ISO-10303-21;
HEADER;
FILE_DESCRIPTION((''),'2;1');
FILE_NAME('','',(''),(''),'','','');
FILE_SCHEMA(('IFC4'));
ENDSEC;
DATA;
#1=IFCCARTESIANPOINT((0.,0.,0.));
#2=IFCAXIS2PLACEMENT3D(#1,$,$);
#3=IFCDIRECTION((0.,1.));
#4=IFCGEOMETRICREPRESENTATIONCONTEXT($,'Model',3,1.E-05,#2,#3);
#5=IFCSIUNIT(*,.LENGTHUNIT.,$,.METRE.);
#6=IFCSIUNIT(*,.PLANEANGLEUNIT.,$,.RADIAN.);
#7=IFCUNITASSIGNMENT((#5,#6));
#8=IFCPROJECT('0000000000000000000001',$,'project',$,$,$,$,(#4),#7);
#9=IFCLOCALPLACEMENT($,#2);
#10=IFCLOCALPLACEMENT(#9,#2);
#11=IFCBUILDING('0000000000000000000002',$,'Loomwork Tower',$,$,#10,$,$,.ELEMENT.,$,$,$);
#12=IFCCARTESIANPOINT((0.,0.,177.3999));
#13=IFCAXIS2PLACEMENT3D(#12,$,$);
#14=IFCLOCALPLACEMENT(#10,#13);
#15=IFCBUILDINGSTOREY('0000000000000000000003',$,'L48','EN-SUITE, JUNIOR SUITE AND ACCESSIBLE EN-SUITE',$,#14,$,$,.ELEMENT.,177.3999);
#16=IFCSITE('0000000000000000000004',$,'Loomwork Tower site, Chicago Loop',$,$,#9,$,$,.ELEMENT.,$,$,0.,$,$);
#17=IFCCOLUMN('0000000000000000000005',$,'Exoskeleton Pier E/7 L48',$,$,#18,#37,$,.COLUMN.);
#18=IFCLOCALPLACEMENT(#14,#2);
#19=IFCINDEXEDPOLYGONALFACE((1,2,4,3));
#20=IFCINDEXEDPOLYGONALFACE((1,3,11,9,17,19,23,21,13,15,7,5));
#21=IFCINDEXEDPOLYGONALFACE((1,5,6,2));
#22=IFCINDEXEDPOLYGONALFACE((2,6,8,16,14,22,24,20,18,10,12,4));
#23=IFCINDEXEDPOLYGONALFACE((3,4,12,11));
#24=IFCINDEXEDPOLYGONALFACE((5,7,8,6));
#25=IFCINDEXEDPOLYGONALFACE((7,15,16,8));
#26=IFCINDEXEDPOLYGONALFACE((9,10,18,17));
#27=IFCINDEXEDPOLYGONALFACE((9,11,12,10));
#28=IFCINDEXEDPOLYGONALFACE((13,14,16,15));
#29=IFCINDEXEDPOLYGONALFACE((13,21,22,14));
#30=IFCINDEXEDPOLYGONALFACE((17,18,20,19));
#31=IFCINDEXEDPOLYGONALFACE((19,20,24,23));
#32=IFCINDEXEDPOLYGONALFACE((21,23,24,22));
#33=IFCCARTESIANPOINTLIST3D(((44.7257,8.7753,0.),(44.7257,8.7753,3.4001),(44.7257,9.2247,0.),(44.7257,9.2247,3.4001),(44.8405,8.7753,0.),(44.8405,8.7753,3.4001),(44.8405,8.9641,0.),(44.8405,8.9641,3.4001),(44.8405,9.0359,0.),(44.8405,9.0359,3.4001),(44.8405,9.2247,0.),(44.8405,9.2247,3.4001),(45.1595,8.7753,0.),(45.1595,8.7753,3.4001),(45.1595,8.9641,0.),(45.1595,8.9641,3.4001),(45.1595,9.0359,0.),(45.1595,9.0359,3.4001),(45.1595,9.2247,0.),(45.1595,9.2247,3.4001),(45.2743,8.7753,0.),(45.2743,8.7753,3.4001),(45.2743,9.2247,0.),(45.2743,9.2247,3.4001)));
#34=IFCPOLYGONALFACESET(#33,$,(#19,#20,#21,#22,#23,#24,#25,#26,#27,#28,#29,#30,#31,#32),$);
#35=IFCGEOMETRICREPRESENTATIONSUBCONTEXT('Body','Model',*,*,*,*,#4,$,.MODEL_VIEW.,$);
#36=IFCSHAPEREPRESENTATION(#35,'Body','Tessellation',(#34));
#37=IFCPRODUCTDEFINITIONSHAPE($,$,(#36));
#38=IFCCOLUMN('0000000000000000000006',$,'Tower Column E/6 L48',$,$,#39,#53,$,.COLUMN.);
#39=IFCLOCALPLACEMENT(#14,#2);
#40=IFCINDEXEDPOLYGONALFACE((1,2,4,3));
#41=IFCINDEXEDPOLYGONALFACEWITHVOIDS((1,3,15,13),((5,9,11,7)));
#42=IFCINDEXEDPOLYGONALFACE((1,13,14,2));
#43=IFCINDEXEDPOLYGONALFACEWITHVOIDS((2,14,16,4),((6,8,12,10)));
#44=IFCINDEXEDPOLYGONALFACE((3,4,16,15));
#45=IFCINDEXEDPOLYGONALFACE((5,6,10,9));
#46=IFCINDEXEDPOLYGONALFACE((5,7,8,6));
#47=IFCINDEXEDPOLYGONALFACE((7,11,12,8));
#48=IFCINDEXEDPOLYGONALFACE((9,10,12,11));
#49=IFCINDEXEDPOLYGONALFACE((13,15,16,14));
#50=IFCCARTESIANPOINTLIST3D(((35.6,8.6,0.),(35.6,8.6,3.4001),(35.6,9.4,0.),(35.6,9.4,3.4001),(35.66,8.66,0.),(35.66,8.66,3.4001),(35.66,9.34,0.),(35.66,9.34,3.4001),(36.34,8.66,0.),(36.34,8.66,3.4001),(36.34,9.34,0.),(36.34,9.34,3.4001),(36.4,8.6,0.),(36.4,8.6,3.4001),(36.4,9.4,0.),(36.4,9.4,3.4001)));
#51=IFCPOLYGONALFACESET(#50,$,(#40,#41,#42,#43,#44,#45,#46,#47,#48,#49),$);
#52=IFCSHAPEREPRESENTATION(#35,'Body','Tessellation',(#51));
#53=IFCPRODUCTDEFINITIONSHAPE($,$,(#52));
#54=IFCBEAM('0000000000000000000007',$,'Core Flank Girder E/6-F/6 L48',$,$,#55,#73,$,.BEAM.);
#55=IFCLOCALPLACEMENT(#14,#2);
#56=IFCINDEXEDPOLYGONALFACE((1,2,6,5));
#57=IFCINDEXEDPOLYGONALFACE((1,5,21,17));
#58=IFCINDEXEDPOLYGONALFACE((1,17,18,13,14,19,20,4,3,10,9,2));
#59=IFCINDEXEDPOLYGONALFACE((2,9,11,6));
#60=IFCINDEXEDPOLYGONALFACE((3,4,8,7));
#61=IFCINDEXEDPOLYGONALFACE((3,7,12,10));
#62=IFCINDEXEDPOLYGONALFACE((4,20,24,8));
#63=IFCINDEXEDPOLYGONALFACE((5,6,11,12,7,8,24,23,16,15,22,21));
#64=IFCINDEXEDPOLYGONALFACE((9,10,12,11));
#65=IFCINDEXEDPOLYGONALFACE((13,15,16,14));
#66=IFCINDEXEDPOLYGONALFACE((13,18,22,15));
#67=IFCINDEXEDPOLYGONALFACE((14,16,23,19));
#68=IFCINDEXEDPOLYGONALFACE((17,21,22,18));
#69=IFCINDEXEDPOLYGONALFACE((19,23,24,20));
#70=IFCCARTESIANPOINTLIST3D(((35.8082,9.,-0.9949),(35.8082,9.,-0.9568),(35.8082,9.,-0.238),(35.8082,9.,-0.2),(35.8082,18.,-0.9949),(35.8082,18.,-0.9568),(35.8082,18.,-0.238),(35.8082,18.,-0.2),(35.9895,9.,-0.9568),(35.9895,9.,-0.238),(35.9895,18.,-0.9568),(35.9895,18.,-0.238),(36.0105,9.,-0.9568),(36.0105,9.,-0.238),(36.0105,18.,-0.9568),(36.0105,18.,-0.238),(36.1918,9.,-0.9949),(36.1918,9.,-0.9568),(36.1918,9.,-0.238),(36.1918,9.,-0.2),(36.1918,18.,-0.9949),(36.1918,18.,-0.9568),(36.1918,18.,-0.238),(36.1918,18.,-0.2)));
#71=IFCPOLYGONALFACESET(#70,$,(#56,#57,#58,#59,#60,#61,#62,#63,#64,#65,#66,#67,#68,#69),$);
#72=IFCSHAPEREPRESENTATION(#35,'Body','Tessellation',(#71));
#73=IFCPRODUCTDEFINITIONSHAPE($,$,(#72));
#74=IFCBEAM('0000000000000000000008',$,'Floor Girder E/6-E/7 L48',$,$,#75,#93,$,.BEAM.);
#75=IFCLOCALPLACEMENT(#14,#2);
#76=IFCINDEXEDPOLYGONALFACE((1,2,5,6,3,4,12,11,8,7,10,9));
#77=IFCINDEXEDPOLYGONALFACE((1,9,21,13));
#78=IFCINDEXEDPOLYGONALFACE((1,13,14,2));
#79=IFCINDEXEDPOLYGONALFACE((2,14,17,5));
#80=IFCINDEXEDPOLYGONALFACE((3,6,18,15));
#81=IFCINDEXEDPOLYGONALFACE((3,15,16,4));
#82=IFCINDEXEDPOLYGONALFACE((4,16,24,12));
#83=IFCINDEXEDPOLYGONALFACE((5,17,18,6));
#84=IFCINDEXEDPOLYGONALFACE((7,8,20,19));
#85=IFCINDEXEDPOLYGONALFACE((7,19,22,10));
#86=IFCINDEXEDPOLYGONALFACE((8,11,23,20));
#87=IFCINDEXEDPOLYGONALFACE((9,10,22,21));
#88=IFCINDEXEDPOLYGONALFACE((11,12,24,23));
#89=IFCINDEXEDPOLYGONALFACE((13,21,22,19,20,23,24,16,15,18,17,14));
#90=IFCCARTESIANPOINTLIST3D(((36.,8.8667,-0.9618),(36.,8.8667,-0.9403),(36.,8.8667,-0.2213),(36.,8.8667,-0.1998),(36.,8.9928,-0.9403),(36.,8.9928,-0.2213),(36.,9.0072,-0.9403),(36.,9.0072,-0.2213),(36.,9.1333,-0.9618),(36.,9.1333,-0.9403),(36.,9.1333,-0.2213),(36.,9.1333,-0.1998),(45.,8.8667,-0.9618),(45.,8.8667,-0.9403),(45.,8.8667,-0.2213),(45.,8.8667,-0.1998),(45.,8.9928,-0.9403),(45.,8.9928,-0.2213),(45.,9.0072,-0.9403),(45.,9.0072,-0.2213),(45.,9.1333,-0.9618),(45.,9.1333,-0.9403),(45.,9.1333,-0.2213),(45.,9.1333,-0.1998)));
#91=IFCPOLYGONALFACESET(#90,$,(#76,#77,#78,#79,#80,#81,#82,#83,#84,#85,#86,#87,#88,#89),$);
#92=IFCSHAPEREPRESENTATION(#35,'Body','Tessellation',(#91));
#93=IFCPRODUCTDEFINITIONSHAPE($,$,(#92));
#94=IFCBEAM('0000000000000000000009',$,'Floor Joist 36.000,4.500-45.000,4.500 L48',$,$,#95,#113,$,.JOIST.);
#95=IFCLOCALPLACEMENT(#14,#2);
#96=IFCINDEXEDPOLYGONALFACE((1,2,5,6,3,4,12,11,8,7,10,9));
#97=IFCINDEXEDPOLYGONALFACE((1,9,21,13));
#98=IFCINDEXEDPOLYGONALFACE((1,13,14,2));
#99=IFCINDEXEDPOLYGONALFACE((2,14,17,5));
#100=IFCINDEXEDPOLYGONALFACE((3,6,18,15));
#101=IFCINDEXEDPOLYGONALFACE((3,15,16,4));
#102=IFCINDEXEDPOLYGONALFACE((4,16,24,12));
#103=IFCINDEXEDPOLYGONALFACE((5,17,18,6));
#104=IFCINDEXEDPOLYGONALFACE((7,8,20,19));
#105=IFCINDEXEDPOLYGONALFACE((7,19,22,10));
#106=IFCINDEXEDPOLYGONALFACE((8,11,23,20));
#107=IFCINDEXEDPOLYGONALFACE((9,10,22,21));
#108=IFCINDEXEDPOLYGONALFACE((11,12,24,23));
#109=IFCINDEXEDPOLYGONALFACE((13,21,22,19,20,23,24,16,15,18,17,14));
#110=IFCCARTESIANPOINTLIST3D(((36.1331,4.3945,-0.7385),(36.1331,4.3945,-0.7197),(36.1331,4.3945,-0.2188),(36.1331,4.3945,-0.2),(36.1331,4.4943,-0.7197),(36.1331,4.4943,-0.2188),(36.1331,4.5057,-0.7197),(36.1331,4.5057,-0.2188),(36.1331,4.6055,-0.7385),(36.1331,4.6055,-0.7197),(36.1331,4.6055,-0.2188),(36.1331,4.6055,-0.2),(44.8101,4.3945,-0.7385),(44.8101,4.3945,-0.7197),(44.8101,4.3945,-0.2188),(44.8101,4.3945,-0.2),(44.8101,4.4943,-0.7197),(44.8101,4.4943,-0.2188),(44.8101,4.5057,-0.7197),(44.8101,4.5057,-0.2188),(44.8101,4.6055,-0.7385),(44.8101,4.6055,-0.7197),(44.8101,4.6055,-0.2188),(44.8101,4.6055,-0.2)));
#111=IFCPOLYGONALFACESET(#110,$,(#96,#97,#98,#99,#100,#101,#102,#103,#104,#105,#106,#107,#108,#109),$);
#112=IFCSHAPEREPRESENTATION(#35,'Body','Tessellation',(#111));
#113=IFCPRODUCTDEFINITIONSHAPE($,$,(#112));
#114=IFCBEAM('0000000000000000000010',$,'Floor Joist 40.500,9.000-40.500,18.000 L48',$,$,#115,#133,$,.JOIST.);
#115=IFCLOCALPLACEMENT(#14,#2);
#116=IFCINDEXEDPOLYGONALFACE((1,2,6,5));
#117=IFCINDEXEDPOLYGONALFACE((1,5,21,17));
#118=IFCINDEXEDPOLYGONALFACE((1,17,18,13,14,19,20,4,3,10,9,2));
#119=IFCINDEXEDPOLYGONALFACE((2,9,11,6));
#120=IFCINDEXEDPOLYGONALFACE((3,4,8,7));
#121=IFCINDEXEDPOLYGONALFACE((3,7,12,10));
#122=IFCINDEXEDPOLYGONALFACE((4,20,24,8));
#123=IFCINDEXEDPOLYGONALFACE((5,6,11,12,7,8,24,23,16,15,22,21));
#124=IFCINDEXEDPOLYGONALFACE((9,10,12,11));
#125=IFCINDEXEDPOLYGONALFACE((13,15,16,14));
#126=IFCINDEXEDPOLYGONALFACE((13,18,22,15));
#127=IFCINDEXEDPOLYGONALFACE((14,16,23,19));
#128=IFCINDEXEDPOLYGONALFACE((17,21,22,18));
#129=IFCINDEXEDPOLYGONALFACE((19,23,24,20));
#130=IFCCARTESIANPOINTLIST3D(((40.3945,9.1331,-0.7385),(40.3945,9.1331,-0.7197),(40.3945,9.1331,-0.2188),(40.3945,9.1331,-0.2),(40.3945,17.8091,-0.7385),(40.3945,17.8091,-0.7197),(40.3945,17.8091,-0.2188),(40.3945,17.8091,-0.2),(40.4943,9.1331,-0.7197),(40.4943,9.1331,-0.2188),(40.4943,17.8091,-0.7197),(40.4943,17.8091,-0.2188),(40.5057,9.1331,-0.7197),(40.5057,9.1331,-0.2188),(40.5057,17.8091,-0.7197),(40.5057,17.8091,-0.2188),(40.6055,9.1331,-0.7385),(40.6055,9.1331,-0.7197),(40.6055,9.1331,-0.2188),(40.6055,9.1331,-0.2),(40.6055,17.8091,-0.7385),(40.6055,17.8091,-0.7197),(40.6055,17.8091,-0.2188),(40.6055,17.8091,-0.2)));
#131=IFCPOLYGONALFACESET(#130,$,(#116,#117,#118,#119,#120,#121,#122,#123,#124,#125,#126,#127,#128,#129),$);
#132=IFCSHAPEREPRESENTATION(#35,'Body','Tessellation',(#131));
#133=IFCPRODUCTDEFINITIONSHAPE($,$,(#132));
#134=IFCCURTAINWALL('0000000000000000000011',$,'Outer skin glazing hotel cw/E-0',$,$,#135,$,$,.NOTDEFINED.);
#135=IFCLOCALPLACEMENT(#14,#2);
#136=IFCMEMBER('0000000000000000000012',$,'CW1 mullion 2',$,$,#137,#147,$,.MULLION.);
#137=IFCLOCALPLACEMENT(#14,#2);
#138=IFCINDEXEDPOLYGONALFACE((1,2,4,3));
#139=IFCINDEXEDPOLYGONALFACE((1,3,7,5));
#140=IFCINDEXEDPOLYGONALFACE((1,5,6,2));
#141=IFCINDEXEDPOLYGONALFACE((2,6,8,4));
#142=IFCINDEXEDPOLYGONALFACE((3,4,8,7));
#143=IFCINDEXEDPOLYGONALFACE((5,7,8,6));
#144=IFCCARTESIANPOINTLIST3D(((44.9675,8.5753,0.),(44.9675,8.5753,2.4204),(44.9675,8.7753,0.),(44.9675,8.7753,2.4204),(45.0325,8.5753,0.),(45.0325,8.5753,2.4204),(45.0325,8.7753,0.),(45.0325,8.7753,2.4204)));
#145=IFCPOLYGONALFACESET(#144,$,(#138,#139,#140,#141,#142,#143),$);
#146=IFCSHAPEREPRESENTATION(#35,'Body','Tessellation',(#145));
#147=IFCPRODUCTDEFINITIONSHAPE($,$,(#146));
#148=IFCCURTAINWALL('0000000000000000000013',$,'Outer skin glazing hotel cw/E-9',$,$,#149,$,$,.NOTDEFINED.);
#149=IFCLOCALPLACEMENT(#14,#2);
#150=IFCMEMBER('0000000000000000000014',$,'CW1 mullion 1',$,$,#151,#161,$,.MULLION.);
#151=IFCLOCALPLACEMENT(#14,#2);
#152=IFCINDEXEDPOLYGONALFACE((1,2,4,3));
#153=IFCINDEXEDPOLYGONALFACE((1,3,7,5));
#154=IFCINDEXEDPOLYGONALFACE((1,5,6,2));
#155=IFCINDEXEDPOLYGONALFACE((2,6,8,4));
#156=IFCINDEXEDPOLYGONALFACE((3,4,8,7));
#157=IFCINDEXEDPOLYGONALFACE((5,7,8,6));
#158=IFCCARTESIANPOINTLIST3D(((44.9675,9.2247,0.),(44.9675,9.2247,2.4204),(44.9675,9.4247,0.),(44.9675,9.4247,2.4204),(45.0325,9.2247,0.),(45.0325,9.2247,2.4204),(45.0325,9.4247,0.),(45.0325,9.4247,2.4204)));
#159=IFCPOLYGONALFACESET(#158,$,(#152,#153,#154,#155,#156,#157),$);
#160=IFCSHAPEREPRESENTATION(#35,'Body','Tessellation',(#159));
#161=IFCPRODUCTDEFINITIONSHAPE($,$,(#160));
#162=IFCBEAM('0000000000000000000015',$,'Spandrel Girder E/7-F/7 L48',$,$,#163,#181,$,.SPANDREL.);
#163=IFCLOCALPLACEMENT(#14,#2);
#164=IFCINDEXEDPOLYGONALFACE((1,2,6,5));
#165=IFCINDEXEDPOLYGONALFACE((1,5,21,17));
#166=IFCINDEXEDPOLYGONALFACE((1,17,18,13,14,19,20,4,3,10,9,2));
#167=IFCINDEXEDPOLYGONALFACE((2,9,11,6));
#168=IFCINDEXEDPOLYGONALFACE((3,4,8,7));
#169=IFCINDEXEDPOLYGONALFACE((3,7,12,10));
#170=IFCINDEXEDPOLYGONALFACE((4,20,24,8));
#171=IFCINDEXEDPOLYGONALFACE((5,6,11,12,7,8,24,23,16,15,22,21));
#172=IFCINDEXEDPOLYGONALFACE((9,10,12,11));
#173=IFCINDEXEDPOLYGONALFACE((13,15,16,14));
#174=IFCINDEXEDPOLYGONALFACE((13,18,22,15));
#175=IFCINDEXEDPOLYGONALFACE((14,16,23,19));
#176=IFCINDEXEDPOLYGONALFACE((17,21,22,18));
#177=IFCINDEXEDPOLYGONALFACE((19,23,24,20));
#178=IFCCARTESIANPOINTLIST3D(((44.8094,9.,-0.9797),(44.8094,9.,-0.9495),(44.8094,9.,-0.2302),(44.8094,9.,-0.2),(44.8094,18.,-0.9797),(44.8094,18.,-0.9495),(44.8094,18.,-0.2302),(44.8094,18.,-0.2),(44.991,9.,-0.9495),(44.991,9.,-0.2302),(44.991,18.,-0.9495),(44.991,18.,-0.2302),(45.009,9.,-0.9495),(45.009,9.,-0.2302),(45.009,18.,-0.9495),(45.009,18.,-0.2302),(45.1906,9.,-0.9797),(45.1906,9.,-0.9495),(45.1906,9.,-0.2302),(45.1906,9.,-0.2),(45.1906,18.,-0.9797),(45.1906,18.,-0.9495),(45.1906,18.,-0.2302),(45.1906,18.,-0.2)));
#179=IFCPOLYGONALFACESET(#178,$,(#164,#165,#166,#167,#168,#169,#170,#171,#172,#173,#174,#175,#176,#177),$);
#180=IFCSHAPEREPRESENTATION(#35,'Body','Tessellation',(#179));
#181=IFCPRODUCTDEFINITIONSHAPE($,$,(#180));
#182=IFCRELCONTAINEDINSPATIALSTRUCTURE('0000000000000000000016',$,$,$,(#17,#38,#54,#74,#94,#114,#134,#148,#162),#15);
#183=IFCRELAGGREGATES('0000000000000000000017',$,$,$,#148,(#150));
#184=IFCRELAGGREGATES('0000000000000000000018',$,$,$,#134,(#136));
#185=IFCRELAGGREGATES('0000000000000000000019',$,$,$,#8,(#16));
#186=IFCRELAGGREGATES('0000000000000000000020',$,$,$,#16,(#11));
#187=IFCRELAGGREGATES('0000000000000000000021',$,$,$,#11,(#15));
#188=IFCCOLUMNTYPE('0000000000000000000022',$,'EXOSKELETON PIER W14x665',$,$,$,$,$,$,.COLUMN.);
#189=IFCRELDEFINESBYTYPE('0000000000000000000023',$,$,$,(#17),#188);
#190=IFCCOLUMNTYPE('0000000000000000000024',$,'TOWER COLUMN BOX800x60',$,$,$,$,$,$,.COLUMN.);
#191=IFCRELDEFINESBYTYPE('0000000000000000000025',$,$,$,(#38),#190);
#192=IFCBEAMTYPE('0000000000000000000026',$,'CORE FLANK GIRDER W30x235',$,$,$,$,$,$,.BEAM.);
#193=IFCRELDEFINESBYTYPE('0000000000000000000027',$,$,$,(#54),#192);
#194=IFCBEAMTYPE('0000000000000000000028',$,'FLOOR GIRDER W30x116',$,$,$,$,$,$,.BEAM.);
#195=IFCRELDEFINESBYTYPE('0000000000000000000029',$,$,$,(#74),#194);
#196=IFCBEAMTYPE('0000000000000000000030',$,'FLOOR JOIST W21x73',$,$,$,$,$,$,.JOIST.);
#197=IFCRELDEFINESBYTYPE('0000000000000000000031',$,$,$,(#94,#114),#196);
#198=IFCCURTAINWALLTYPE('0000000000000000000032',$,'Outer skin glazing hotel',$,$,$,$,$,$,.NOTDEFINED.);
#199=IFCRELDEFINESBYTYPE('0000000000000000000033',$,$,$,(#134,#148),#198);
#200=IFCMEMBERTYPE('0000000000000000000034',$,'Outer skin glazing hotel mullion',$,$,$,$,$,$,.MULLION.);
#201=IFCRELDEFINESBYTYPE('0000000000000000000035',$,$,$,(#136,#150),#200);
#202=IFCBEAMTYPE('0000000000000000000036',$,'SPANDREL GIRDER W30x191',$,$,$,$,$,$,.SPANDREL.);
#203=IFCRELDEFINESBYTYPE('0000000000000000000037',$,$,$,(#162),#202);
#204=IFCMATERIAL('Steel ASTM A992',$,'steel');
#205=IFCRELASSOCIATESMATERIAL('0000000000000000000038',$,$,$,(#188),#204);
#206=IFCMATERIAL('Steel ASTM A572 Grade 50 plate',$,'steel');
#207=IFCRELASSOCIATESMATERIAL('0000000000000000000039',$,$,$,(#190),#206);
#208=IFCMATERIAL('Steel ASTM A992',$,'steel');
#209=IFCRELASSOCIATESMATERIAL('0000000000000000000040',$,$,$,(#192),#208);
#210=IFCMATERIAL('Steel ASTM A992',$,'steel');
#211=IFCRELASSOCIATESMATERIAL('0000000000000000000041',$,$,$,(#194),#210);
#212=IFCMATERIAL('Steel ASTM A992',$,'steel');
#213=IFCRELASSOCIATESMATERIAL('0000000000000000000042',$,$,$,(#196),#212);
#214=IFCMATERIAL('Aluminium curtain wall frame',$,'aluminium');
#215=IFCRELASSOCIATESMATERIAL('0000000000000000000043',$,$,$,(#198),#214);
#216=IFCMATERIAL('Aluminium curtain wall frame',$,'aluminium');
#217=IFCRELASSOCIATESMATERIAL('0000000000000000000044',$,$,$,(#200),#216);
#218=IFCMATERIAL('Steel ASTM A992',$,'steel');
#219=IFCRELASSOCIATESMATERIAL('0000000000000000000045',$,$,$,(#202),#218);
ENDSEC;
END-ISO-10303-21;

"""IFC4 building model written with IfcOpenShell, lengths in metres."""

from ifc_helpers import new_model, si_unit, direction, frame, origin, origin_2d, place, context, subcontext, project, spatial, rectangle, hollow_rectangle, i_section, extrude, material, material_profile, profile_set, type_object, element, aggregate, save


model = new_model("IFC4")

# Units and contexts
model_context = context("Model", 3, precision=1e-05, world=origin(), true_north=direction((0.0, 1.0)))
body_context = subcontext(model_context, "Body", "Model", "MODEL_VIEW")
ifc_project = project(units=[si_unit("LENGTHUNIT", "METRE"), si_unit("PLANEANGLEUNIT", "RADIAN")], contexts=[model_context])

# Site, building, storey
site_placement = place(None, origin())
site = spatial("IfcSite", under=ifc_project, at=site_placement, Name="Loomwork Tower site, Chicago Loop", CompositionType="ELEMENT", RefElevation=0.0)
building_placement = place(site_placement, origin())
building = spatial("IfcBuilding", under=site, at=building_placement, Name="Loomwork Tower", CompositionType="ELEMENT")
storey_placement = place(building_placement, frame((0.0, 0.0, 177.3999)))
storey = spatial("IfcBuildingStorey", under=building, at=storey_placement, Name="L48", Description="EN-SUITE, JUNIOR SUITE AND ACCESSIBLE EN-SUITE", CompositionType="ELEMENT", Elevation=177.3999)

# Columns
ifc_material_1 = material(Name="Steel ASTM A992", Category="steel")
ifc_material_profile_1 = material_profile(ifc_material_1, i_section(OverallWidth=0.4495, OverallDepth=0.5486, WebThickness=0.0718, FlangeThickness=0.1147, at=origin_2d()), Name="W14x665")
ifc_profile_set_1 = profile_set([ifc_material_profile_1], Name="Steel ASTM A992")
column_type_1 = type_object("IfcColumnType", Name="EXOSKELETON PIER W14x665", PredefinedType="COLUMN", material=ifc_profile_set_1)
column_1_placement = place(storey_placement, frame((45.0, 9.0, 0.0), z_axis=(0.0, 0.0, 1.0), x_axis=(0.0, 1.0, 0.0)))
element("IfcColumn", 1, at=column_1_placement, inside=storey, type_object=column_type_1, Name="Exoskeleton Pier E/7 L48", PredefinedType="COLUMN", context=body_context, shape_type="SweptSolid", body=[
    extrude(i_section(OverallWidth=0.4495, OverallDepth=0.5486, WebThickness=0.0718, FlangeThickness=0.1147, at=origin_2d()), origin(), (0.0, 0.0, 1.0), 3.4001),
])
ifc_material_2 = material(Name="Steel ASTM A572 Grade 50 plate", Category="steel")
ifc_material_profile_2 = material_profile(ifc_material_2, hollow_rectangle(XDim=0.8, YDim=0.8, WallThickness=0.0601, at=origin_2d()), Name="BOX800x60")
ifc_profile_set_2 = profile_set([ifc_material_profile_2], Name="Steel ASTM A572 Grade 50 plate")
column_type_2 = type_object("IfcColumnType", Name="TOWER COLUMN BOX800x60", PredefinedType="COLUMN", material=ifc_profile_set_2)
column_2_placement = place(storey_placement, frame((36.0, 9.0, 0.0), z_axis=(0.0, 0.0, 1.0), x_axis=(0.0, 1.0, 0.0)))
element("IfcColumn", 2, at=column_2_placement, inside=storey, type_object=column_type_2, Name="Tower Column E/6 L48", PredefinedType="COLUMN", context=body_context, shape_type="SweptSolid", body=[
    extrude(hollow_rectangle(XDim=0.8, YDim=0.8, WallThickness=0.0601, at=origin_2d()), origin(), (0.0, 0.0, 1.0), 3.4001),
])

# Beams
ifc_material_3 = material(Name="Steel ASTM A992", Category="steel")
ifc_material_profile_3 = material_profile(ifc_material_3, i_section(OverallWidth=0.3835, OverallDepth=0.7949, WebThickness=0.021, FlangeThickness=0.0381, at=origin_2d()), Name="W30x235")
ifc_profile_set_3 = profile_set([ifc_material_profile_3], Name="Steel ASTM A992")
beam_type_1 = type_object("IfcBeamType", Name="CORE FLANK GIRDER W30x235", PredefinedType="BEAM", material=ifc_profile_set_3)
beam_1_placement = place(storey_placement, frame((36.0, 9.0, -0.5974), z_axis=(0.0, 1.0, 0.0), x_axis=(-1.0, 0.0, 0.0)))
element("IfcBeam", 3, at=beam_1_placement, inside=storey, type_object=beam_type_1, Name="Core Flank Girder E/6-F/6 L48", PredefinedType="BEAM", context=body_context, shape_type="SweptSolid", body=[
    extrude(i_section(OverallWidth=0.3835, OverallDepth=0.7949, WebThickness=0.021, FlangeThickness=0.0381, at=origin_2d()), origin(), (0.0, 0.0, 1.0), 9.0),
])
ifc_material_4 = material(Name="Steel ASTM A992", Category="steel")
ifc_material_profile_4 = material_profile(ifc_material_4, i_section(OverallWidth=0.2666, OverallDepth=0.762, WebThickness=0.0144, FlangeThickness=0.0215, at=origin_2d()), Name="W30x116")
ifc_profile_set_4 = profile_set([ifc_material_profile_4], Name="Steel ASTM A992")
beam_type_2 = type_object("IfcBeamType", Name="FLOOR GIRDER W30x116", PredefinedType="BEAM", material=ifc_profile_set_4)
beam_2_placement = place(storey_placement, frame((36.0, 9.0, -0.5808), z_axis=(1.0, 0.0, 0.0), x_axis=(0.0, 1.0, 0.0)))
element("IfcBeam", 4, at=beam_2_placement, inside=storey, type_object=beam_type_2, Name="Floor Girder E/6-E/7 L48", PredefinedType="BEAM", context=body_context, shape_type="SweptSolid", body=[
    extrude(i_section(OverallWidth=0.2666, OverallDepth=0.762, WebThickness=0.0144, FlangeThickness=0.0215, at=origin_2d()), origin(), (0.0, 0.0, 1.0), 9.0),
])
ifc_material_5 = material(Name="Steel ASTM A992", Category="steel")
ifc_material_profile_5 = material_profile(ifc_material_5, i_section(OverallWidth=0.2109, OverallDepth=0.5386, WebThickness=0.0115, FlangeThickness=0.0188, at=origin_2d()), Name="W21x73")
ifc_profile_set_5 = profile_set([ifc_material_profile_5], Name="Steel ASTM A992")
beam_type_3 = type_object("IfcBeamType", Name="FLOOR JOIST W21x73", PredefinedType="JOIST", material=ifc_profile_set_5)
beam_3_placement = place(storey_placement, frame((36.1331, 4.5, -0.4692), z_axis=(1.0, 0.0, 0.0), x_axis=(0.0, 1.0, 0.0)))
element("IfcBeam", 5, at=beam_3_placement, inside=storey, type_object=beam_type_3, Name="Floor Joist 36.000,4.500-45.000,4.500 L48", PredefinedType="JOIST", context=body_context, shape_type="SweptSolid", body=[
    extrude(i_section(OverallWidth=0.2109, OverallDepth=0.5386, WebThickness=0.0115, FlangeThickness=0.0188, at=origin_2d()), origin(), (0.0, 0.0, 1.0), 8.677),
])
beam_4_placement = place(storey_placement, frame((40.5, 9.1331, -0.4692), z_axis=(0.0, 1.0, 0.0), x_axis=(-1.0, 0.0, 0.0)))
element("IfcBeam", 6, at=beam_4_placement, inside=storey, type_object=beam_type_3, Name="Floor Joist 40.500,9.000-40.500,18.000 L48", PredefinedType="JOIST", context=body_context, shape_type="SweptSolid", body=[
    extrude(i_section(OverallWidth=0.2109, OverallDepth=0.5386, WebThickness=0.0115, FlangeThickness=0.0188, at=origin_2d()), origin(), (0.0, 0.0, 1.0), 8.676),
])

# Curtain walls, members
ifc_material_6 = material(Name="Aluminium curtain wall frame", Category="aluminium")
curtain_wall_type = type_object("IfcCurtainWallType", Name="Outer skin glazing hotel", PredefinedType="NOTDEFINED", material=ifc_material_6)
curtain_wall_1_placement = place(storey_placement, origin())
curtain_wall_1 = element("IfcCurtainWall", 7, at=curtain_wall_1_placement, inside=storey, type_object=curtain_wall_type, Name="Outer skin glazing hotel cw/E-0", PredefinedType="NOTDEFINED")
ifc_material_7 = material(Name="Aluminium curtain wall frame", Category="aluminium")
ifc_material_profile_6 = material_profile(ifc_material_7, rectangle(XDim=0.0649, YDim=0.2, at=origin_2d()), Name="AL 65x200")
ifc_profile_set_6 = profile_set([ifc_material_profile_6], Name="Aluminium curtain wall frame")
member_type = type_object("IfcMemberType", Name="Outer skin glazing hotel mullion", PredefinedType="MULLION", material=ifc_profile_set_6)
member_1_placement = place(storey_placement, frame((45.0, 8.6753, 0.0), z_axis=(0.0, 0.0, 1.0), x_axis=(-1.0, 0.0, 0.0)))
member_1 = element("IfcMember", 8, at=member_1_placement, type_object=member_type, Name="CW1 mullion 2", PredefinedType="MULLION", context=body_context, shape_type="SweptSolid", body=[
    extrude(rectangle(XDim=0.0649, YDim=0.2, at=origin_2d()), origin(), (0.0, 0.0, 1.0), 2.4204),
])
curtain_wall_2_placement = place(storey_placement, origin())
curtain_wall_2 = element("IfcCurtainWall", 9, at=curtain_wall_2_placement, inside=storey, type_object=curtain_wall_type, Name="Outer skin glazing hotel cw/E-9", PredefinedType="NOTDEFINED")
member_2_placement = place(storey_placement, frame((45.0, 9.3247, 0.0), z_axis=(0.0, 0.0, 1.0), x_axis=(-1.0, 0.0, 0.0)))
member_2 = element("IfcMember", 10, at=member_2_placement, type_object=member_type, Name="CW1 mullion 1", PredefinedType="MULLION", context=body_context, shape_type="SweptSolid", body=[
    extrude(rectangle(XDim=0.0649, YDim=0.2, at=origin_2d()), origin(), (0.0, 0.0, 1.0), 2.4204),
])
aggregate(curtain_wall_2, [member_2])

# Beam
ifc_material_8 = material(Name="Steel ASTM A992", Category="steel")
ifc_material_profile_7 = material_profile(ifc_material_8, i_section(OverallWidth=0.3811, OverallDepth=0.7798, WebThickness=0.0181, FlangeThickness=0.0303, at=origin_2d()), Name="W30x191")
ifc_profile_set_7 = profile_set([ifc_material_profile_7], Name="Steel ASTM A992")
beam_type_4 = type_object("IfcBeamType", Name="SPANDREL GIRDER W30x191", PredefinedType="SPANDREL", material=ifc_profile_set_7)
beam_5_placement = place(storey_placement, frame((45.0, 9.0, -0.5898), z_axis=(0.0, 1.0, 0.0), x_axis=(-1.0, 0.0, 0.0)))
element("IfcBeam", 11, at=beam_5_placement, inside=storey, type_object=beam_type_4, Name="Spandrel Girder E/7-F/7 L48", PredefinedType="SPANDREL", context=body_context, shape_type="SweptSolid", body=[
    extrude(i_section(OverallWidth=0.3811, OverallDepth=0.7798, WebThickness=0.0181, FlangeThickness=0.0303, at=origin_2d()), origin(), (0.0, 0.0, 1.0), 9.0),
])

aggregate(curtain_wall_1, [member_1])

save(model, "model.ifc")
